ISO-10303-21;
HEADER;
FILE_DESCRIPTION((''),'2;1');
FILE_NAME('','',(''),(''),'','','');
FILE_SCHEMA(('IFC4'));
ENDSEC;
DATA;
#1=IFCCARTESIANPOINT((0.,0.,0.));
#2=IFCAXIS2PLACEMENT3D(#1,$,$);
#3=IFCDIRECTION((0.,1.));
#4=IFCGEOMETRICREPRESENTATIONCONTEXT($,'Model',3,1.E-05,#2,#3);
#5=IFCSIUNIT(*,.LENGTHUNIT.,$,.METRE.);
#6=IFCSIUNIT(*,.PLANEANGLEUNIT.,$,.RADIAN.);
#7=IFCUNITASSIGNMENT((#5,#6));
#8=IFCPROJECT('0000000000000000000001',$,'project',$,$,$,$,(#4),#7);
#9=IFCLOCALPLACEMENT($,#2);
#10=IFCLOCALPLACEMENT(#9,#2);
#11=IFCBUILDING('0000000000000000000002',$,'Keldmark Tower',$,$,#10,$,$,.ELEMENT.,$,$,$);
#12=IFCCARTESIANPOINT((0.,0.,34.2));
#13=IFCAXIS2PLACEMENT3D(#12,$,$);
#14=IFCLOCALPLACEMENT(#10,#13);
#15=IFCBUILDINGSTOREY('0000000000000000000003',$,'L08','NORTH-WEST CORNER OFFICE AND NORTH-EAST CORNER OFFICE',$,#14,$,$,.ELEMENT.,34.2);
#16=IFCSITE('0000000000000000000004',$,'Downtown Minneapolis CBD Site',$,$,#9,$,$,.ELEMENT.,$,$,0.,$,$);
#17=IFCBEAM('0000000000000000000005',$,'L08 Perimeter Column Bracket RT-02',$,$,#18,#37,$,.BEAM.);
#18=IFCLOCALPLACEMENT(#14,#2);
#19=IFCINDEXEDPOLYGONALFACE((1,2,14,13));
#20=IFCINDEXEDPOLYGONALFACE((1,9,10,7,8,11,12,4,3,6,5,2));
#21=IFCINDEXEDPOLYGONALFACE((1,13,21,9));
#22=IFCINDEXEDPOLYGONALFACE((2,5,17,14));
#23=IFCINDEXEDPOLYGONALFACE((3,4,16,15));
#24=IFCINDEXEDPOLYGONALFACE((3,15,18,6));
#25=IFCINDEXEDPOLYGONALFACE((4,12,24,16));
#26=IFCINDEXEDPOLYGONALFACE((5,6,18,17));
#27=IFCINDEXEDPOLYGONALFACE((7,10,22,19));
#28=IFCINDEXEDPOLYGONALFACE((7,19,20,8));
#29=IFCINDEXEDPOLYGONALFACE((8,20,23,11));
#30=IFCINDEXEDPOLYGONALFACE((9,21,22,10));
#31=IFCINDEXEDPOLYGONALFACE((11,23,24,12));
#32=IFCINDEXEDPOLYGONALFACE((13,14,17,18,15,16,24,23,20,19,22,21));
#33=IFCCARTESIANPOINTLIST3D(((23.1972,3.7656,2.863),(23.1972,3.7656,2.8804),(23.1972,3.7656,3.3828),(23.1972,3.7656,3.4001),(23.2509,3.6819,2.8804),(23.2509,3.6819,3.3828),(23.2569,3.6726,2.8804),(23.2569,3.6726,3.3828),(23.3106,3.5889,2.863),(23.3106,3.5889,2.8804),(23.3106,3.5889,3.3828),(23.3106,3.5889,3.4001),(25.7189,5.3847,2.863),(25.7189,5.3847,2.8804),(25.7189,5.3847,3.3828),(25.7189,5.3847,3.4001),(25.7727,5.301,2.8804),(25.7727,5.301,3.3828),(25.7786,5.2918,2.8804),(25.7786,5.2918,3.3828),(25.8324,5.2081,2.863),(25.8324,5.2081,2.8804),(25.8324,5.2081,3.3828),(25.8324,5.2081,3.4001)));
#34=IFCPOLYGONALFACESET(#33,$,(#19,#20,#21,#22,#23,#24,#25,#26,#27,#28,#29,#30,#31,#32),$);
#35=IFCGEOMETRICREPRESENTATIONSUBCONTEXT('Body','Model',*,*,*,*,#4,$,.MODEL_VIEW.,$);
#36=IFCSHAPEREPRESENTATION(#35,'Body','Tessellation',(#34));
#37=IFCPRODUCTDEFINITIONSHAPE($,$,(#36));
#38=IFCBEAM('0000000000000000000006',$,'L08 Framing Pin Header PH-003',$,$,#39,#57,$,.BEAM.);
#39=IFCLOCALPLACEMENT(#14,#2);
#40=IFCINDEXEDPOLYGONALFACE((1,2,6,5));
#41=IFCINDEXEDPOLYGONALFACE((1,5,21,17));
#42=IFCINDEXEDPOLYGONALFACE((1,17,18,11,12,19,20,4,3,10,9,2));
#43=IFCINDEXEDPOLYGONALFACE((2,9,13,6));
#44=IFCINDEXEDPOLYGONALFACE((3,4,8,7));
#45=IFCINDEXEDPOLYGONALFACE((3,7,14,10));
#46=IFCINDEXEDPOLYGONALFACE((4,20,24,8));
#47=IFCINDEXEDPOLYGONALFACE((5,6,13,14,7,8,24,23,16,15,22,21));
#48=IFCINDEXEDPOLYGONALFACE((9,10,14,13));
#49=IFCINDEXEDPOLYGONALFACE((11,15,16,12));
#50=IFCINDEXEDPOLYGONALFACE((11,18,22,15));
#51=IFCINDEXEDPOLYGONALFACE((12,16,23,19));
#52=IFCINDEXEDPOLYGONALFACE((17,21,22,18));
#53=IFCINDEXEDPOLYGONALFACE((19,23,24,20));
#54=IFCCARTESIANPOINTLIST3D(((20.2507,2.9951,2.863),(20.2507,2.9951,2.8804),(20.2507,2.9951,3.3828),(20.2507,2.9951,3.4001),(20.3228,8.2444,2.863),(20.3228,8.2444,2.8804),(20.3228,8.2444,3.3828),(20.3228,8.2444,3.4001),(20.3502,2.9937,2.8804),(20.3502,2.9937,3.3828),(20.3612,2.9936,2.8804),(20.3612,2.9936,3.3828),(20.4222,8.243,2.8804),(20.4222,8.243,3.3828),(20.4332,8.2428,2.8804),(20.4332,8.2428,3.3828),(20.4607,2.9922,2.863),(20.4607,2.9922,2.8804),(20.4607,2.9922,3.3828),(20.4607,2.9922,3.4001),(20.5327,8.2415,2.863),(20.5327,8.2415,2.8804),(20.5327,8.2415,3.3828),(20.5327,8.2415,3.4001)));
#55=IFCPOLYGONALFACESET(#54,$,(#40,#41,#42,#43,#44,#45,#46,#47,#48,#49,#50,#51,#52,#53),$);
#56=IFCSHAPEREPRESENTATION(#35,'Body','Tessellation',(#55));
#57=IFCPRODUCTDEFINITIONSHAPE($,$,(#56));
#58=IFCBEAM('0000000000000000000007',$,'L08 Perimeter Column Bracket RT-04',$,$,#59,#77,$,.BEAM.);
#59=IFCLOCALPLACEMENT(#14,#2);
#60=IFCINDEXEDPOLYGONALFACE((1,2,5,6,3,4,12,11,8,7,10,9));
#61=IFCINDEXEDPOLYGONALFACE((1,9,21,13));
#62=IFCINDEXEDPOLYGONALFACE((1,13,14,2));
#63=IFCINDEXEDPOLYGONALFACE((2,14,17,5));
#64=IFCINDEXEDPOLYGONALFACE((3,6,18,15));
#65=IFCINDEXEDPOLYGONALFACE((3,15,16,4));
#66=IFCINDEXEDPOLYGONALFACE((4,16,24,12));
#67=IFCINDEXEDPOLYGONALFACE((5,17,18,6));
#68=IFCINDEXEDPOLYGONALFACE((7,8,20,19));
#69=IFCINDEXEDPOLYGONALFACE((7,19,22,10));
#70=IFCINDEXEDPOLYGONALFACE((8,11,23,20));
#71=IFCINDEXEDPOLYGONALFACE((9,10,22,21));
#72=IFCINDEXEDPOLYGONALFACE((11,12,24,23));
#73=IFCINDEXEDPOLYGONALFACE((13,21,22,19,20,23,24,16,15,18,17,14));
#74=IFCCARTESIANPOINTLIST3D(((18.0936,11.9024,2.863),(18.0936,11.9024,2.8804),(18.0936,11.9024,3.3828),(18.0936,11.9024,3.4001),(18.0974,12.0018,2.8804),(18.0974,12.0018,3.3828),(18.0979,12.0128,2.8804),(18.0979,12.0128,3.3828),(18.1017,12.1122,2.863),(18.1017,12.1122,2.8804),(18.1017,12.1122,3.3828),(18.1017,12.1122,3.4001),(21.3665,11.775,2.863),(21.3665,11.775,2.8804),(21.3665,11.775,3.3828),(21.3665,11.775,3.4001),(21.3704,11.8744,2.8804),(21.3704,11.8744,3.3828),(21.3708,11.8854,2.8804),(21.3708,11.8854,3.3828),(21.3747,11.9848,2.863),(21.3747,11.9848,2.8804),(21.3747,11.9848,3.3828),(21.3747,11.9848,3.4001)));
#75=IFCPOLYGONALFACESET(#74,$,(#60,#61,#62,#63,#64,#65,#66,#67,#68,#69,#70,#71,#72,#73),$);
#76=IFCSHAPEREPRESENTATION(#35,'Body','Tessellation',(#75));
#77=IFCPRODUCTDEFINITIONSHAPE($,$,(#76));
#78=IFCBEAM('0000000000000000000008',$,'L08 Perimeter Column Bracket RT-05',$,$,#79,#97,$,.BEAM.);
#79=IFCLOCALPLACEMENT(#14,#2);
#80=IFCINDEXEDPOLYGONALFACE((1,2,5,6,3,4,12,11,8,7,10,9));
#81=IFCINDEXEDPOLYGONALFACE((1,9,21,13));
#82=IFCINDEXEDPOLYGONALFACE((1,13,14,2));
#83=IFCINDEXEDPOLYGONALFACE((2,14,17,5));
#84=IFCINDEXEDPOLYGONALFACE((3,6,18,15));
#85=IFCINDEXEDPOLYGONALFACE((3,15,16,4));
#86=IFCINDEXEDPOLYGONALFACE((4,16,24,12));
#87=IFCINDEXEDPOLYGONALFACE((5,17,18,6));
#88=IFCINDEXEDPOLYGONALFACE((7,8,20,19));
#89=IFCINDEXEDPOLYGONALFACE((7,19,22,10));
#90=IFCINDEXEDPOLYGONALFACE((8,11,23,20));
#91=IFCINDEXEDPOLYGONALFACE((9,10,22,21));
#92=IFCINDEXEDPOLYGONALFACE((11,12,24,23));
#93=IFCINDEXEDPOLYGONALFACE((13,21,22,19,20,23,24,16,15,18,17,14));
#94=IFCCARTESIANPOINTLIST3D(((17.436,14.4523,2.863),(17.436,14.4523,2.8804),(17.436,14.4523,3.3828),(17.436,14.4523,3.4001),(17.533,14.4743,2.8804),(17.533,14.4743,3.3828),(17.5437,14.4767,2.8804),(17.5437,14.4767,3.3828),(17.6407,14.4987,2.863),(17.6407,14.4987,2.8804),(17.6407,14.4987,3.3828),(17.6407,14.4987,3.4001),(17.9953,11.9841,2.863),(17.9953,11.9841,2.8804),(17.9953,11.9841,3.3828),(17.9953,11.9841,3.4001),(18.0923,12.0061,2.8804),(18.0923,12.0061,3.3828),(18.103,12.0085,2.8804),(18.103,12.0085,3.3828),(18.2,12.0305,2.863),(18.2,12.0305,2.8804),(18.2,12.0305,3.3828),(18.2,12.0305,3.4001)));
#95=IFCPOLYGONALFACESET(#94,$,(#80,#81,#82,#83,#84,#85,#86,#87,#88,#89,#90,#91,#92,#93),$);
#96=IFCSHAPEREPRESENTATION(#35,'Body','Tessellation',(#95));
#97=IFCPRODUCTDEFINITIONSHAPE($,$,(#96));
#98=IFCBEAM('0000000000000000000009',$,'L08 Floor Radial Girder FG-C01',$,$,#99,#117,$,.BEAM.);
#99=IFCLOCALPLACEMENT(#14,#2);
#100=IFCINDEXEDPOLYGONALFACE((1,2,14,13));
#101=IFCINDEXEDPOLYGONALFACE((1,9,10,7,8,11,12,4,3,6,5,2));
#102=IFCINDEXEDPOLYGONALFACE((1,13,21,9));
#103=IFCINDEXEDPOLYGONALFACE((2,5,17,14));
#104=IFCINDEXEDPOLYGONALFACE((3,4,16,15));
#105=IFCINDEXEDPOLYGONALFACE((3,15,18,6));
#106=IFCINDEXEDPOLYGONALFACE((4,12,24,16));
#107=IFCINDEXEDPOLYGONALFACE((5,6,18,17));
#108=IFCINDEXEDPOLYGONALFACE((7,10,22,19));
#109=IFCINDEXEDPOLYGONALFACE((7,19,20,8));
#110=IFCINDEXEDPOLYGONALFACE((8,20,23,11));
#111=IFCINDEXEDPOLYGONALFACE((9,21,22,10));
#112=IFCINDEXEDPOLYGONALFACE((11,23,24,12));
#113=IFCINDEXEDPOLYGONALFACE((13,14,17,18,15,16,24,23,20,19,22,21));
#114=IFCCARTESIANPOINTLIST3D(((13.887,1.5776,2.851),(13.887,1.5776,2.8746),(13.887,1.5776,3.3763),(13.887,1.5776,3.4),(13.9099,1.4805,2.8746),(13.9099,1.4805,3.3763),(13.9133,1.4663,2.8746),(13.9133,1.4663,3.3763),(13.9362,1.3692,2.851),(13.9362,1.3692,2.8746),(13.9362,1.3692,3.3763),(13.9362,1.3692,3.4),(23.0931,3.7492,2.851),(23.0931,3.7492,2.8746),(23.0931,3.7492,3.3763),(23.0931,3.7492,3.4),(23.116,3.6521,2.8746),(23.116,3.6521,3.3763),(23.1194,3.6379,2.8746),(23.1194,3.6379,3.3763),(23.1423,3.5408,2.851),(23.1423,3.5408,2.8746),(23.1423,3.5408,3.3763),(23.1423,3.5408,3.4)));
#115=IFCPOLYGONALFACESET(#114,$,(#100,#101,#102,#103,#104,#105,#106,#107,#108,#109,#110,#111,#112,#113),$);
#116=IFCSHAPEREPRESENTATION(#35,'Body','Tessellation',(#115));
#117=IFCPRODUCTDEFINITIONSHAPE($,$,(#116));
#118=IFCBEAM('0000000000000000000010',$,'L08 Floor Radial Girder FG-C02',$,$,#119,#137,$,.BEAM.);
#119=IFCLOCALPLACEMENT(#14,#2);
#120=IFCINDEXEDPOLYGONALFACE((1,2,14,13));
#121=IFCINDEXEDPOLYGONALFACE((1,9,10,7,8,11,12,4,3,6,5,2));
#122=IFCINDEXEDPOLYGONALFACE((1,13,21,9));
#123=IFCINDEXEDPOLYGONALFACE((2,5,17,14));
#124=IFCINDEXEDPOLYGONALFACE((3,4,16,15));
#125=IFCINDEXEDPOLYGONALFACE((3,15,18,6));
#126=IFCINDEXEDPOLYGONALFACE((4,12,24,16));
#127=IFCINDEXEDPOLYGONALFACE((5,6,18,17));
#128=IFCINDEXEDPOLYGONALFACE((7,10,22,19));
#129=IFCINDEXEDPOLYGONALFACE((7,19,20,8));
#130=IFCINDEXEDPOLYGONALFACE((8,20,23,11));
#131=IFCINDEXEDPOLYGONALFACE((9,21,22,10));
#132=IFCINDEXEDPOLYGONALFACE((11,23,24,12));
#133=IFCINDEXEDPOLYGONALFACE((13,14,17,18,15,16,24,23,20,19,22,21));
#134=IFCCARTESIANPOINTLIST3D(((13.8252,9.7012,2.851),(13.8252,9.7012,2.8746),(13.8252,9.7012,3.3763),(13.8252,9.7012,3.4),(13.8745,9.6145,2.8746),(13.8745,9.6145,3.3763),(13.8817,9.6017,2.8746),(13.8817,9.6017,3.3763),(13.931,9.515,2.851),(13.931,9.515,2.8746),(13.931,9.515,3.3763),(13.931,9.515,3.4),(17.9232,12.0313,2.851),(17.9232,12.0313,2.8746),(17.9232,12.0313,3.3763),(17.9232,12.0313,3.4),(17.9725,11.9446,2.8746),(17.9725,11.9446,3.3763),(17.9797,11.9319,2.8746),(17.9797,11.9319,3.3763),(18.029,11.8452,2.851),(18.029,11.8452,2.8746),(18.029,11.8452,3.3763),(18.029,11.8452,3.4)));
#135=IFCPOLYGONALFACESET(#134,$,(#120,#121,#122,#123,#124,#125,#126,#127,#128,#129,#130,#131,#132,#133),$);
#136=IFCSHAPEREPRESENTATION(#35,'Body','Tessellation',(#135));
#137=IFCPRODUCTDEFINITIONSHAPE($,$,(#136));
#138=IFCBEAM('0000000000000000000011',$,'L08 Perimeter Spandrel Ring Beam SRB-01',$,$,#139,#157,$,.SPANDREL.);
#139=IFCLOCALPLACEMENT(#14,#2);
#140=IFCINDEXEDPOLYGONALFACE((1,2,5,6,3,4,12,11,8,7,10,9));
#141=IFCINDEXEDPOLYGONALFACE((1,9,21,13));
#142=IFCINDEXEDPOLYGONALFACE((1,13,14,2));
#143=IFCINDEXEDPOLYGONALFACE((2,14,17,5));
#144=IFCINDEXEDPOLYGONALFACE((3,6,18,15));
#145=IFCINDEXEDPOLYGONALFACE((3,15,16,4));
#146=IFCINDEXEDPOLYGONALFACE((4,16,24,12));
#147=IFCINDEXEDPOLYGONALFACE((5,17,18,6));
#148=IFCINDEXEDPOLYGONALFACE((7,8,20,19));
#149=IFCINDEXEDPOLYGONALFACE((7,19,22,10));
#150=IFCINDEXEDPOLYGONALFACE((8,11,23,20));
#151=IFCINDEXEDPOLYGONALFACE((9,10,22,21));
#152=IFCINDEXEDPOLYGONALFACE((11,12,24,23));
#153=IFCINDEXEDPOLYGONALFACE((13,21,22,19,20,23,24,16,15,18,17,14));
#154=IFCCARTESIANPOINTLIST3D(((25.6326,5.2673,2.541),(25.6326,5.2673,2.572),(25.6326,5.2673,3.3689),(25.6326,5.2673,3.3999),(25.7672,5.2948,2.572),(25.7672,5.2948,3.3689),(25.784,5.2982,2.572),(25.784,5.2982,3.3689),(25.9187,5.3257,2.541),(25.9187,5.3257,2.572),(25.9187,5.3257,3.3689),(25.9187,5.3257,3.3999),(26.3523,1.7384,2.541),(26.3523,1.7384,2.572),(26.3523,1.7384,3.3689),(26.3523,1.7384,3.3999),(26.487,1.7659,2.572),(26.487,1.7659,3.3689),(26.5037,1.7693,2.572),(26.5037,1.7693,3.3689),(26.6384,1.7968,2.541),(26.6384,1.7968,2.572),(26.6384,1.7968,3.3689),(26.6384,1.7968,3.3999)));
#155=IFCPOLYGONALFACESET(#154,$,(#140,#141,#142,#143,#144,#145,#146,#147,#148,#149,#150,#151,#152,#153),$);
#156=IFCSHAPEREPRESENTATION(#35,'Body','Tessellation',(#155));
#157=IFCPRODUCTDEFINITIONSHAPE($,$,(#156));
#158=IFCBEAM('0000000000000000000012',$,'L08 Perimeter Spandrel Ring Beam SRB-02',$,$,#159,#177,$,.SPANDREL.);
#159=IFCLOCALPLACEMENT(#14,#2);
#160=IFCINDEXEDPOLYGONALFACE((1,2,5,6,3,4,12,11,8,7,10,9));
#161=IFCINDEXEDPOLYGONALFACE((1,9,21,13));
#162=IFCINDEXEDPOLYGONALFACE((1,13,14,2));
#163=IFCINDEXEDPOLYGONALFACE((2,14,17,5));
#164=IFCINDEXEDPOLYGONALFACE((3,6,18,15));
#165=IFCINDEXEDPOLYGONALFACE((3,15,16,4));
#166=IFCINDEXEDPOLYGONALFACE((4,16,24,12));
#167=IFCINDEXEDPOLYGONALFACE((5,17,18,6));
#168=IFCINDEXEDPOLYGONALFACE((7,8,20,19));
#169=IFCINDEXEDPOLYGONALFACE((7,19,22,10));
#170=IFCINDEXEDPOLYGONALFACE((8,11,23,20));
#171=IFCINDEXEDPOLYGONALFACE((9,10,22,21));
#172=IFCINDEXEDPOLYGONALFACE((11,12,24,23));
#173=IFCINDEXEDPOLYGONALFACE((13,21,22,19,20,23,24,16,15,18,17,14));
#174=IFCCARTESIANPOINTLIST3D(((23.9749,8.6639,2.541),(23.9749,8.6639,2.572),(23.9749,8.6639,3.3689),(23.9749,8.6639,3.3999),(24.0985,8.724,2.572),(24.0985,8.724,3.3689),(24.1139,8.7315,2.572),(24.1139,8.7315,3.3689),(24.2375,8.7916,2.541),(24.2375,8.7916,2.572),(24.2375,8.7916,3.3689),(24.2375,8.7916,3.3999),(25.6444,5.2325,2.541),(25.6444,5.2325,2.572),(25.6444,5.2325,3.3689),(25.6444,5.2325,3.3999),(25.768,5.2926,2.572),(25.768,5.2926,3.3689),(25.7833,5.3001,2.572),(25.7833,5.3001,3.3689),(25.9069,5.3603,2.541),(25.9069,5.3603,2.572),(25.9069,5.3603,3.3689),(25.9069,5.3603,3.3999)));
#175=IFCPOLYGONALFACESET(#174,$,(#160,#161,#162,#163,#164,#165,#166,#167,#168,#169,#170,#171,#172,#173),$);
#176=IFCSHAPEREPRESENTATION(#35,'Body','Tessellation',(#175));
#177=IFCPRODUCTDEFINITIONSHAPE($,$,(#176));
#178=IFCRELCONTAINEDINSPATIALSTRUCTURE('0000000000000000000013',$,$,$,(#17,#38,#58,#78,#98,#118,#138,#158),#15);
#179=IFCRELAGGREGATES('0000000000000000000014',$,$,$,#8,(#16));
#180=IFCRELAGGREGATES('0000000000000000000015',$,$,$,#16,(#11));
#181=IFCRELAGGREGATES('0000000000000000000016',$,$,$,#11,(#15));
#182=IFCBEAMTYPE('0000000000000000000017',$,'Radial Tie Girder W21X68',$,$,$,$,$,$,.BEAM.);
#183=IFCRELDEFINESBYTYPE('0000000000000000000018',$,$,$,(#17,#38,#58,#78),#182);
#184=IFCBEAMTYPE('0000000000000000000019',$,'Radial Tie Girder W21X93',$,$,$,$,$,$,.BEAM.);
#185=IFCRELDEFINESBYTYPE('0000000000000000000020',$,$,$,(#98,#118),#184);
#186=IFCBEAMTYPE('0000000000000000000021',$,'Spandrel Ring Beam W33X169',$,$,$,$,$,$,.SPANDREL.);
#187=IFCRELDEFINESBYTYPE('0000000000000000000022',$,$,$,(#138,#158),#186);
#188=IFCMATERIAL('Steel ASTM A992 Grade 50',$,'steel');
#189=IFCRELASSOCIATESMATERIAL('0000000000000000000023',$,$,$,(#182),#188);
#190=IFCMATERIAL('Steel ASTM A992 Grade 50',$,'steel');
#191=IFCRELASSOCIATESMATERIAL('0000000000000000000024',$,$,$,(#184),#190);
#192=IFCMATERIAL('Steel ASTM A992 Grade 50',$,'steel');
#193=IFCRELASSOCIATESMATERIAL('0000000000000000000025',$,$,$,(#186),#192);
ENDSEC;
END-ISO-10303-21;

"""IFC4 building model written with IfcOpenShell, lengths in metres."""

from ifc_helpers import new_model, si_unit, direction, frame, origin, origin_2d, place, context, subcontext, project, spatial, i_section, extrude, material, material_profile, profile_set, type_object, element, save


model = new_model("IFC4")

# Units and contexts
model_context = context("Model", 3, precision=1e-05, world=origin(), true_north=direction((0.0, 1.0)))
body_context = subcontext(model_context, "Body", "Model", "MODEL_VIEW")
ifc_project = project(units=[si_unit("LENGTHUNIT", "METRE"), si_unit("PLANEANGLEUNIT", "RADIAN")], contexts=[model_context])

# Site, building, storey
site_placement = place(None, origin())
site = spatial("IfcSite", under=ifc_project, at=site_placement, Name="Downtown Minneapolis CBD Site", CompositionType="ELEMENT", RefElevation=0.0)
building_placement = place(site_placement, origin())
building = spatial("IfcBuilding", under=site, at=building_placement, Name="Keldmark Tower", CompositionType="ELEMENT")
storey_placement = place(building_placement, frame((0.0, 0.0, 34.2)))
storey = spatial("IfcBuildingStorey", under=building, at=storey_placement, Name="L08", Description="NORTH-WEST CORNER OFFICE AND NORTH-EAST CORNER OFFICE", CompositionType="ELEMENT", Elevation=34.2)

# Beams
ifc_material_1 = material(Name="Steel ASTM A992 Grade 50", Category="steel")
ifc_material_profile_1 = material_profile(ifc_material_1, i_section(OverallWidth=0.21, OverallDepth=0.5371, WebThickness=0.011, FlangeThickness=0.0173, at=origin_2d()), Name="W21X68")
ifc_profile_set_1 = profile_set([ifc_material_profile_1], Name="Steel ASTM A992 Grade 50")
beam_type_1 = type_object("IfcBeamType", Name="Radial Tie Girder W21X68", PredefinedType="BEAM", material=ifc_profile_set_1)
beam_1_placement = place(storey_placement, frame((23.2539, 3.6772, 3.1316), z_axis=(0.841477, 0.540292, 0.0), x_axis=(-0.540292, 0.841477, 0.0)))
element("IfcBeam", 1, at=beam_1_placement, inside=storey, type_object=beam_type_1, Name="L08 Perimeter Column Bracket RT-02", PredefinedType="BEAM", context=body_context, shape_type="SweptSolid", body=[
    extrude(i_section(OverallWidth=0.21, OverallDepth=0.5371, WebThickness=0.011, FlangeThickness=0.0173, at=origin_2d()), origin(), (0.0, 0.0, 1.0), 2.9968),
])
beam_2_placement = place(storey_placement, frame((20.3557, 2.9937, 3.1316), z_axis=(0.013719, 0.999906, 0.0), x_axis=(-0.999906, 0.013719, 0.0)))
element("IfcBeam", 2, at=beam_2_placement, inside=storey, type_object=beam_type_1, Name="L08 Framing Pin Header PH-003", PredefinedType="BEAM", context=body_context, shape_type="SweptSolid", body=[
    extrude(i_section(OverallWidth=0.21, OverallDepth=0.5371, WebThickness=0.011, FlangeThickness=0.0173, at=origin_2d()), origin(), (0.0, 0.0, 1.0), 5.2498),
])
beam_3_placement = place(storey_placement, frame((18.0977, 12.0073, 3.1316), z_axis=(0.999243, -0.038908, 0.0), x_axis=(0.038908, 0.999243, 0.0)))
element("IfcBeam", 3, at=beam_3_placement, inside=storey, type_object=beam_type_1, Name="L08 Perimeter Column Bracket RT-04", PredefinedType="BEAM", context=body_context, shape_type="SweptSolid", body=[
    extrude(i_section(OverallWidth=0.21, OverallDepth=0.5371, WebThickness=0.011, FlangeThickness=0.0173, at=origin_2d()), origin(), (0.0, 0.0, 1.0), 3.2754),
])
beam_4_placement = place(storey_placement, frame((18.0977, 12.0073, 3.1316), z_axis=(-0.221004, 0.975273, 0.0), x_axis=(-0.975273, -0.221004, 0.0)))
element("IfcBeam", 4, at=beam_4_placement, inside=storey, type_object=beam_type_1, Name="L08 Perimeter Column Bracket RT-05", PredefinedType="BEAM", context=body_context, shape_type="SweptSolid", body=[
    extrude(i_section(OverallWidth=0.21, OverallDepth=0.5371, WebThickness=0.011, FlangeThickness=0.0173, at=origin_2d()), origin(), (0.0, 0.0, 1.0), 2.5308),
])
ifc_material_2 = material(Name="Steel ASTM A992 Grade 50", Category="steel")
ifc_material_profile_2 = material_profile(ifc_material_2, i_section(OverallWidth=0.2141, OverallDepth=0.5491, WebThickness=0.0146, FlangeThickness=0.0237, at=origin_2d()), Name="W21X93")
ifc_profile_set_2 = profile_set([ifc_material_profile_2], Name="Steel ASTM A992 Grade 50")
beam_type_2 = type_object("IfcBeamType", Name="Radial Tie Girder W21X93", PredefinedType="BEAM", material=ifc_profile_set_2)
beam_5_placement = place(storey_placement, frame((23.1177, 3.645, 3.1255), z_axis=(-0.973287, -0.22959, 0.0), x_axis=(0.22959, -0.973287, 0.0)))
element("IfcBeam", 5, at=beam_5_placement, inside=storey, type_object=beam_type_2, Name="L08 Floor Radial Girder FG-C01", PredefinedType="BEAM", context=body_context, shape_type="SweptSolid", body=[
    extrude(i_section(OverallWidth=0.2141, OverallDepth=0.5491, WebThickness=0.0146, FlangeThickness=0.0237, at=origin_2d()), origin(), (0.0, 0.0, 1.0), 9.4587),
])
beam_6_placement = place(storey_placement, frame((17.9761, 11.9382, 3.1255), z_axis=(-0.869299, -0.494286, 0.0), x_axis=(0.494286, -0.869299, 0.0)))
element("IfcBeam", 6, at=beam_6_placement, inside=storey, type_object=beam_type_2, Name="L08 Floor Radial Girder FG-C02", PredefinedType="BEAM", context=body_context, shape_type="SweptSolid", body=[
    extrude(i_section(OverallWidth=0.2141, OverallDepth=0.5491, WebThickness=0.0146, FlangeThickness=0.0237, at=origin_2d()), origin(), (0.0, 0.0, 1.0), 4.7141),
])
ifc_material_3 = material(Name="Steel ASTM A992 Grade 50", Category="steel")
ifc_material_profile_3 = material_profile(ifc_material_3, i_section(OverallWidth=0.292, OverallDepth=0.8589, WebThickness=0.0171, FlangeThickness=0.031, at=origin_2d()), Name="W33X169")
ifc_profile_set_3 = profile_set([ifc_material_profile_3], Name="Steel ASTM A992 Grade 50")
beam_type_3 = type_object("IfcBeamType", Name="Spandrel Ring Beam W33X169", PredefinedType="SPANDREL", material=ifc_profile_set_3)
beam_7_placement = place(storey_placement, frame((26.4954, 1.7676, 2.9705), z_axis=(-0.199843, 0.979828, 0.0), x_axis=(-0.979828, -0.199843, 0.0)))
element("IfcBeam", 7, at=beam_7_placement, inside=storey, type_object=beam_type_3, Name="L08 Perimeter Spandrel Ring Beam SRB-01", PredefinedType="SPANDREL", context=body_context, shape_type="SweptSolid", body=[
    extrude(i_section(OverallWidth=0.292, OverallDepth=0.8589, WebThickness=0.0171, FlangeThickness=0.031, at=origin_2d()), origin(), (0.0, 0.0, 1.0), 3.6016),
])
beam_8_placement = place(storey_placement, frame((25.7756, 5.2964, 2.9705), z_axis=(-0.437488, 0.899224, 0.0), x_axis=(-0.899224, -0.437488, 0.0)))
element("IfcBeam", 8, at=beam_8_placement, inside=storey, type_object=beam_type_3, Name="L08 Perimeter Spandrel Ring Beam SRB-02", PredefinedType="SPANDREL", context=body_context, shape_type="SweptSolid", body=[
    extrude(i_section(OverallWidth=0.292, OverallDepth=0.8589, WebThickness=0.0171, FlangeThickness=0.031, at=origin_2d()), origin(), (0.0, 0.0, 1.0), 3.8159),
])

save(model, "model.ifc")
